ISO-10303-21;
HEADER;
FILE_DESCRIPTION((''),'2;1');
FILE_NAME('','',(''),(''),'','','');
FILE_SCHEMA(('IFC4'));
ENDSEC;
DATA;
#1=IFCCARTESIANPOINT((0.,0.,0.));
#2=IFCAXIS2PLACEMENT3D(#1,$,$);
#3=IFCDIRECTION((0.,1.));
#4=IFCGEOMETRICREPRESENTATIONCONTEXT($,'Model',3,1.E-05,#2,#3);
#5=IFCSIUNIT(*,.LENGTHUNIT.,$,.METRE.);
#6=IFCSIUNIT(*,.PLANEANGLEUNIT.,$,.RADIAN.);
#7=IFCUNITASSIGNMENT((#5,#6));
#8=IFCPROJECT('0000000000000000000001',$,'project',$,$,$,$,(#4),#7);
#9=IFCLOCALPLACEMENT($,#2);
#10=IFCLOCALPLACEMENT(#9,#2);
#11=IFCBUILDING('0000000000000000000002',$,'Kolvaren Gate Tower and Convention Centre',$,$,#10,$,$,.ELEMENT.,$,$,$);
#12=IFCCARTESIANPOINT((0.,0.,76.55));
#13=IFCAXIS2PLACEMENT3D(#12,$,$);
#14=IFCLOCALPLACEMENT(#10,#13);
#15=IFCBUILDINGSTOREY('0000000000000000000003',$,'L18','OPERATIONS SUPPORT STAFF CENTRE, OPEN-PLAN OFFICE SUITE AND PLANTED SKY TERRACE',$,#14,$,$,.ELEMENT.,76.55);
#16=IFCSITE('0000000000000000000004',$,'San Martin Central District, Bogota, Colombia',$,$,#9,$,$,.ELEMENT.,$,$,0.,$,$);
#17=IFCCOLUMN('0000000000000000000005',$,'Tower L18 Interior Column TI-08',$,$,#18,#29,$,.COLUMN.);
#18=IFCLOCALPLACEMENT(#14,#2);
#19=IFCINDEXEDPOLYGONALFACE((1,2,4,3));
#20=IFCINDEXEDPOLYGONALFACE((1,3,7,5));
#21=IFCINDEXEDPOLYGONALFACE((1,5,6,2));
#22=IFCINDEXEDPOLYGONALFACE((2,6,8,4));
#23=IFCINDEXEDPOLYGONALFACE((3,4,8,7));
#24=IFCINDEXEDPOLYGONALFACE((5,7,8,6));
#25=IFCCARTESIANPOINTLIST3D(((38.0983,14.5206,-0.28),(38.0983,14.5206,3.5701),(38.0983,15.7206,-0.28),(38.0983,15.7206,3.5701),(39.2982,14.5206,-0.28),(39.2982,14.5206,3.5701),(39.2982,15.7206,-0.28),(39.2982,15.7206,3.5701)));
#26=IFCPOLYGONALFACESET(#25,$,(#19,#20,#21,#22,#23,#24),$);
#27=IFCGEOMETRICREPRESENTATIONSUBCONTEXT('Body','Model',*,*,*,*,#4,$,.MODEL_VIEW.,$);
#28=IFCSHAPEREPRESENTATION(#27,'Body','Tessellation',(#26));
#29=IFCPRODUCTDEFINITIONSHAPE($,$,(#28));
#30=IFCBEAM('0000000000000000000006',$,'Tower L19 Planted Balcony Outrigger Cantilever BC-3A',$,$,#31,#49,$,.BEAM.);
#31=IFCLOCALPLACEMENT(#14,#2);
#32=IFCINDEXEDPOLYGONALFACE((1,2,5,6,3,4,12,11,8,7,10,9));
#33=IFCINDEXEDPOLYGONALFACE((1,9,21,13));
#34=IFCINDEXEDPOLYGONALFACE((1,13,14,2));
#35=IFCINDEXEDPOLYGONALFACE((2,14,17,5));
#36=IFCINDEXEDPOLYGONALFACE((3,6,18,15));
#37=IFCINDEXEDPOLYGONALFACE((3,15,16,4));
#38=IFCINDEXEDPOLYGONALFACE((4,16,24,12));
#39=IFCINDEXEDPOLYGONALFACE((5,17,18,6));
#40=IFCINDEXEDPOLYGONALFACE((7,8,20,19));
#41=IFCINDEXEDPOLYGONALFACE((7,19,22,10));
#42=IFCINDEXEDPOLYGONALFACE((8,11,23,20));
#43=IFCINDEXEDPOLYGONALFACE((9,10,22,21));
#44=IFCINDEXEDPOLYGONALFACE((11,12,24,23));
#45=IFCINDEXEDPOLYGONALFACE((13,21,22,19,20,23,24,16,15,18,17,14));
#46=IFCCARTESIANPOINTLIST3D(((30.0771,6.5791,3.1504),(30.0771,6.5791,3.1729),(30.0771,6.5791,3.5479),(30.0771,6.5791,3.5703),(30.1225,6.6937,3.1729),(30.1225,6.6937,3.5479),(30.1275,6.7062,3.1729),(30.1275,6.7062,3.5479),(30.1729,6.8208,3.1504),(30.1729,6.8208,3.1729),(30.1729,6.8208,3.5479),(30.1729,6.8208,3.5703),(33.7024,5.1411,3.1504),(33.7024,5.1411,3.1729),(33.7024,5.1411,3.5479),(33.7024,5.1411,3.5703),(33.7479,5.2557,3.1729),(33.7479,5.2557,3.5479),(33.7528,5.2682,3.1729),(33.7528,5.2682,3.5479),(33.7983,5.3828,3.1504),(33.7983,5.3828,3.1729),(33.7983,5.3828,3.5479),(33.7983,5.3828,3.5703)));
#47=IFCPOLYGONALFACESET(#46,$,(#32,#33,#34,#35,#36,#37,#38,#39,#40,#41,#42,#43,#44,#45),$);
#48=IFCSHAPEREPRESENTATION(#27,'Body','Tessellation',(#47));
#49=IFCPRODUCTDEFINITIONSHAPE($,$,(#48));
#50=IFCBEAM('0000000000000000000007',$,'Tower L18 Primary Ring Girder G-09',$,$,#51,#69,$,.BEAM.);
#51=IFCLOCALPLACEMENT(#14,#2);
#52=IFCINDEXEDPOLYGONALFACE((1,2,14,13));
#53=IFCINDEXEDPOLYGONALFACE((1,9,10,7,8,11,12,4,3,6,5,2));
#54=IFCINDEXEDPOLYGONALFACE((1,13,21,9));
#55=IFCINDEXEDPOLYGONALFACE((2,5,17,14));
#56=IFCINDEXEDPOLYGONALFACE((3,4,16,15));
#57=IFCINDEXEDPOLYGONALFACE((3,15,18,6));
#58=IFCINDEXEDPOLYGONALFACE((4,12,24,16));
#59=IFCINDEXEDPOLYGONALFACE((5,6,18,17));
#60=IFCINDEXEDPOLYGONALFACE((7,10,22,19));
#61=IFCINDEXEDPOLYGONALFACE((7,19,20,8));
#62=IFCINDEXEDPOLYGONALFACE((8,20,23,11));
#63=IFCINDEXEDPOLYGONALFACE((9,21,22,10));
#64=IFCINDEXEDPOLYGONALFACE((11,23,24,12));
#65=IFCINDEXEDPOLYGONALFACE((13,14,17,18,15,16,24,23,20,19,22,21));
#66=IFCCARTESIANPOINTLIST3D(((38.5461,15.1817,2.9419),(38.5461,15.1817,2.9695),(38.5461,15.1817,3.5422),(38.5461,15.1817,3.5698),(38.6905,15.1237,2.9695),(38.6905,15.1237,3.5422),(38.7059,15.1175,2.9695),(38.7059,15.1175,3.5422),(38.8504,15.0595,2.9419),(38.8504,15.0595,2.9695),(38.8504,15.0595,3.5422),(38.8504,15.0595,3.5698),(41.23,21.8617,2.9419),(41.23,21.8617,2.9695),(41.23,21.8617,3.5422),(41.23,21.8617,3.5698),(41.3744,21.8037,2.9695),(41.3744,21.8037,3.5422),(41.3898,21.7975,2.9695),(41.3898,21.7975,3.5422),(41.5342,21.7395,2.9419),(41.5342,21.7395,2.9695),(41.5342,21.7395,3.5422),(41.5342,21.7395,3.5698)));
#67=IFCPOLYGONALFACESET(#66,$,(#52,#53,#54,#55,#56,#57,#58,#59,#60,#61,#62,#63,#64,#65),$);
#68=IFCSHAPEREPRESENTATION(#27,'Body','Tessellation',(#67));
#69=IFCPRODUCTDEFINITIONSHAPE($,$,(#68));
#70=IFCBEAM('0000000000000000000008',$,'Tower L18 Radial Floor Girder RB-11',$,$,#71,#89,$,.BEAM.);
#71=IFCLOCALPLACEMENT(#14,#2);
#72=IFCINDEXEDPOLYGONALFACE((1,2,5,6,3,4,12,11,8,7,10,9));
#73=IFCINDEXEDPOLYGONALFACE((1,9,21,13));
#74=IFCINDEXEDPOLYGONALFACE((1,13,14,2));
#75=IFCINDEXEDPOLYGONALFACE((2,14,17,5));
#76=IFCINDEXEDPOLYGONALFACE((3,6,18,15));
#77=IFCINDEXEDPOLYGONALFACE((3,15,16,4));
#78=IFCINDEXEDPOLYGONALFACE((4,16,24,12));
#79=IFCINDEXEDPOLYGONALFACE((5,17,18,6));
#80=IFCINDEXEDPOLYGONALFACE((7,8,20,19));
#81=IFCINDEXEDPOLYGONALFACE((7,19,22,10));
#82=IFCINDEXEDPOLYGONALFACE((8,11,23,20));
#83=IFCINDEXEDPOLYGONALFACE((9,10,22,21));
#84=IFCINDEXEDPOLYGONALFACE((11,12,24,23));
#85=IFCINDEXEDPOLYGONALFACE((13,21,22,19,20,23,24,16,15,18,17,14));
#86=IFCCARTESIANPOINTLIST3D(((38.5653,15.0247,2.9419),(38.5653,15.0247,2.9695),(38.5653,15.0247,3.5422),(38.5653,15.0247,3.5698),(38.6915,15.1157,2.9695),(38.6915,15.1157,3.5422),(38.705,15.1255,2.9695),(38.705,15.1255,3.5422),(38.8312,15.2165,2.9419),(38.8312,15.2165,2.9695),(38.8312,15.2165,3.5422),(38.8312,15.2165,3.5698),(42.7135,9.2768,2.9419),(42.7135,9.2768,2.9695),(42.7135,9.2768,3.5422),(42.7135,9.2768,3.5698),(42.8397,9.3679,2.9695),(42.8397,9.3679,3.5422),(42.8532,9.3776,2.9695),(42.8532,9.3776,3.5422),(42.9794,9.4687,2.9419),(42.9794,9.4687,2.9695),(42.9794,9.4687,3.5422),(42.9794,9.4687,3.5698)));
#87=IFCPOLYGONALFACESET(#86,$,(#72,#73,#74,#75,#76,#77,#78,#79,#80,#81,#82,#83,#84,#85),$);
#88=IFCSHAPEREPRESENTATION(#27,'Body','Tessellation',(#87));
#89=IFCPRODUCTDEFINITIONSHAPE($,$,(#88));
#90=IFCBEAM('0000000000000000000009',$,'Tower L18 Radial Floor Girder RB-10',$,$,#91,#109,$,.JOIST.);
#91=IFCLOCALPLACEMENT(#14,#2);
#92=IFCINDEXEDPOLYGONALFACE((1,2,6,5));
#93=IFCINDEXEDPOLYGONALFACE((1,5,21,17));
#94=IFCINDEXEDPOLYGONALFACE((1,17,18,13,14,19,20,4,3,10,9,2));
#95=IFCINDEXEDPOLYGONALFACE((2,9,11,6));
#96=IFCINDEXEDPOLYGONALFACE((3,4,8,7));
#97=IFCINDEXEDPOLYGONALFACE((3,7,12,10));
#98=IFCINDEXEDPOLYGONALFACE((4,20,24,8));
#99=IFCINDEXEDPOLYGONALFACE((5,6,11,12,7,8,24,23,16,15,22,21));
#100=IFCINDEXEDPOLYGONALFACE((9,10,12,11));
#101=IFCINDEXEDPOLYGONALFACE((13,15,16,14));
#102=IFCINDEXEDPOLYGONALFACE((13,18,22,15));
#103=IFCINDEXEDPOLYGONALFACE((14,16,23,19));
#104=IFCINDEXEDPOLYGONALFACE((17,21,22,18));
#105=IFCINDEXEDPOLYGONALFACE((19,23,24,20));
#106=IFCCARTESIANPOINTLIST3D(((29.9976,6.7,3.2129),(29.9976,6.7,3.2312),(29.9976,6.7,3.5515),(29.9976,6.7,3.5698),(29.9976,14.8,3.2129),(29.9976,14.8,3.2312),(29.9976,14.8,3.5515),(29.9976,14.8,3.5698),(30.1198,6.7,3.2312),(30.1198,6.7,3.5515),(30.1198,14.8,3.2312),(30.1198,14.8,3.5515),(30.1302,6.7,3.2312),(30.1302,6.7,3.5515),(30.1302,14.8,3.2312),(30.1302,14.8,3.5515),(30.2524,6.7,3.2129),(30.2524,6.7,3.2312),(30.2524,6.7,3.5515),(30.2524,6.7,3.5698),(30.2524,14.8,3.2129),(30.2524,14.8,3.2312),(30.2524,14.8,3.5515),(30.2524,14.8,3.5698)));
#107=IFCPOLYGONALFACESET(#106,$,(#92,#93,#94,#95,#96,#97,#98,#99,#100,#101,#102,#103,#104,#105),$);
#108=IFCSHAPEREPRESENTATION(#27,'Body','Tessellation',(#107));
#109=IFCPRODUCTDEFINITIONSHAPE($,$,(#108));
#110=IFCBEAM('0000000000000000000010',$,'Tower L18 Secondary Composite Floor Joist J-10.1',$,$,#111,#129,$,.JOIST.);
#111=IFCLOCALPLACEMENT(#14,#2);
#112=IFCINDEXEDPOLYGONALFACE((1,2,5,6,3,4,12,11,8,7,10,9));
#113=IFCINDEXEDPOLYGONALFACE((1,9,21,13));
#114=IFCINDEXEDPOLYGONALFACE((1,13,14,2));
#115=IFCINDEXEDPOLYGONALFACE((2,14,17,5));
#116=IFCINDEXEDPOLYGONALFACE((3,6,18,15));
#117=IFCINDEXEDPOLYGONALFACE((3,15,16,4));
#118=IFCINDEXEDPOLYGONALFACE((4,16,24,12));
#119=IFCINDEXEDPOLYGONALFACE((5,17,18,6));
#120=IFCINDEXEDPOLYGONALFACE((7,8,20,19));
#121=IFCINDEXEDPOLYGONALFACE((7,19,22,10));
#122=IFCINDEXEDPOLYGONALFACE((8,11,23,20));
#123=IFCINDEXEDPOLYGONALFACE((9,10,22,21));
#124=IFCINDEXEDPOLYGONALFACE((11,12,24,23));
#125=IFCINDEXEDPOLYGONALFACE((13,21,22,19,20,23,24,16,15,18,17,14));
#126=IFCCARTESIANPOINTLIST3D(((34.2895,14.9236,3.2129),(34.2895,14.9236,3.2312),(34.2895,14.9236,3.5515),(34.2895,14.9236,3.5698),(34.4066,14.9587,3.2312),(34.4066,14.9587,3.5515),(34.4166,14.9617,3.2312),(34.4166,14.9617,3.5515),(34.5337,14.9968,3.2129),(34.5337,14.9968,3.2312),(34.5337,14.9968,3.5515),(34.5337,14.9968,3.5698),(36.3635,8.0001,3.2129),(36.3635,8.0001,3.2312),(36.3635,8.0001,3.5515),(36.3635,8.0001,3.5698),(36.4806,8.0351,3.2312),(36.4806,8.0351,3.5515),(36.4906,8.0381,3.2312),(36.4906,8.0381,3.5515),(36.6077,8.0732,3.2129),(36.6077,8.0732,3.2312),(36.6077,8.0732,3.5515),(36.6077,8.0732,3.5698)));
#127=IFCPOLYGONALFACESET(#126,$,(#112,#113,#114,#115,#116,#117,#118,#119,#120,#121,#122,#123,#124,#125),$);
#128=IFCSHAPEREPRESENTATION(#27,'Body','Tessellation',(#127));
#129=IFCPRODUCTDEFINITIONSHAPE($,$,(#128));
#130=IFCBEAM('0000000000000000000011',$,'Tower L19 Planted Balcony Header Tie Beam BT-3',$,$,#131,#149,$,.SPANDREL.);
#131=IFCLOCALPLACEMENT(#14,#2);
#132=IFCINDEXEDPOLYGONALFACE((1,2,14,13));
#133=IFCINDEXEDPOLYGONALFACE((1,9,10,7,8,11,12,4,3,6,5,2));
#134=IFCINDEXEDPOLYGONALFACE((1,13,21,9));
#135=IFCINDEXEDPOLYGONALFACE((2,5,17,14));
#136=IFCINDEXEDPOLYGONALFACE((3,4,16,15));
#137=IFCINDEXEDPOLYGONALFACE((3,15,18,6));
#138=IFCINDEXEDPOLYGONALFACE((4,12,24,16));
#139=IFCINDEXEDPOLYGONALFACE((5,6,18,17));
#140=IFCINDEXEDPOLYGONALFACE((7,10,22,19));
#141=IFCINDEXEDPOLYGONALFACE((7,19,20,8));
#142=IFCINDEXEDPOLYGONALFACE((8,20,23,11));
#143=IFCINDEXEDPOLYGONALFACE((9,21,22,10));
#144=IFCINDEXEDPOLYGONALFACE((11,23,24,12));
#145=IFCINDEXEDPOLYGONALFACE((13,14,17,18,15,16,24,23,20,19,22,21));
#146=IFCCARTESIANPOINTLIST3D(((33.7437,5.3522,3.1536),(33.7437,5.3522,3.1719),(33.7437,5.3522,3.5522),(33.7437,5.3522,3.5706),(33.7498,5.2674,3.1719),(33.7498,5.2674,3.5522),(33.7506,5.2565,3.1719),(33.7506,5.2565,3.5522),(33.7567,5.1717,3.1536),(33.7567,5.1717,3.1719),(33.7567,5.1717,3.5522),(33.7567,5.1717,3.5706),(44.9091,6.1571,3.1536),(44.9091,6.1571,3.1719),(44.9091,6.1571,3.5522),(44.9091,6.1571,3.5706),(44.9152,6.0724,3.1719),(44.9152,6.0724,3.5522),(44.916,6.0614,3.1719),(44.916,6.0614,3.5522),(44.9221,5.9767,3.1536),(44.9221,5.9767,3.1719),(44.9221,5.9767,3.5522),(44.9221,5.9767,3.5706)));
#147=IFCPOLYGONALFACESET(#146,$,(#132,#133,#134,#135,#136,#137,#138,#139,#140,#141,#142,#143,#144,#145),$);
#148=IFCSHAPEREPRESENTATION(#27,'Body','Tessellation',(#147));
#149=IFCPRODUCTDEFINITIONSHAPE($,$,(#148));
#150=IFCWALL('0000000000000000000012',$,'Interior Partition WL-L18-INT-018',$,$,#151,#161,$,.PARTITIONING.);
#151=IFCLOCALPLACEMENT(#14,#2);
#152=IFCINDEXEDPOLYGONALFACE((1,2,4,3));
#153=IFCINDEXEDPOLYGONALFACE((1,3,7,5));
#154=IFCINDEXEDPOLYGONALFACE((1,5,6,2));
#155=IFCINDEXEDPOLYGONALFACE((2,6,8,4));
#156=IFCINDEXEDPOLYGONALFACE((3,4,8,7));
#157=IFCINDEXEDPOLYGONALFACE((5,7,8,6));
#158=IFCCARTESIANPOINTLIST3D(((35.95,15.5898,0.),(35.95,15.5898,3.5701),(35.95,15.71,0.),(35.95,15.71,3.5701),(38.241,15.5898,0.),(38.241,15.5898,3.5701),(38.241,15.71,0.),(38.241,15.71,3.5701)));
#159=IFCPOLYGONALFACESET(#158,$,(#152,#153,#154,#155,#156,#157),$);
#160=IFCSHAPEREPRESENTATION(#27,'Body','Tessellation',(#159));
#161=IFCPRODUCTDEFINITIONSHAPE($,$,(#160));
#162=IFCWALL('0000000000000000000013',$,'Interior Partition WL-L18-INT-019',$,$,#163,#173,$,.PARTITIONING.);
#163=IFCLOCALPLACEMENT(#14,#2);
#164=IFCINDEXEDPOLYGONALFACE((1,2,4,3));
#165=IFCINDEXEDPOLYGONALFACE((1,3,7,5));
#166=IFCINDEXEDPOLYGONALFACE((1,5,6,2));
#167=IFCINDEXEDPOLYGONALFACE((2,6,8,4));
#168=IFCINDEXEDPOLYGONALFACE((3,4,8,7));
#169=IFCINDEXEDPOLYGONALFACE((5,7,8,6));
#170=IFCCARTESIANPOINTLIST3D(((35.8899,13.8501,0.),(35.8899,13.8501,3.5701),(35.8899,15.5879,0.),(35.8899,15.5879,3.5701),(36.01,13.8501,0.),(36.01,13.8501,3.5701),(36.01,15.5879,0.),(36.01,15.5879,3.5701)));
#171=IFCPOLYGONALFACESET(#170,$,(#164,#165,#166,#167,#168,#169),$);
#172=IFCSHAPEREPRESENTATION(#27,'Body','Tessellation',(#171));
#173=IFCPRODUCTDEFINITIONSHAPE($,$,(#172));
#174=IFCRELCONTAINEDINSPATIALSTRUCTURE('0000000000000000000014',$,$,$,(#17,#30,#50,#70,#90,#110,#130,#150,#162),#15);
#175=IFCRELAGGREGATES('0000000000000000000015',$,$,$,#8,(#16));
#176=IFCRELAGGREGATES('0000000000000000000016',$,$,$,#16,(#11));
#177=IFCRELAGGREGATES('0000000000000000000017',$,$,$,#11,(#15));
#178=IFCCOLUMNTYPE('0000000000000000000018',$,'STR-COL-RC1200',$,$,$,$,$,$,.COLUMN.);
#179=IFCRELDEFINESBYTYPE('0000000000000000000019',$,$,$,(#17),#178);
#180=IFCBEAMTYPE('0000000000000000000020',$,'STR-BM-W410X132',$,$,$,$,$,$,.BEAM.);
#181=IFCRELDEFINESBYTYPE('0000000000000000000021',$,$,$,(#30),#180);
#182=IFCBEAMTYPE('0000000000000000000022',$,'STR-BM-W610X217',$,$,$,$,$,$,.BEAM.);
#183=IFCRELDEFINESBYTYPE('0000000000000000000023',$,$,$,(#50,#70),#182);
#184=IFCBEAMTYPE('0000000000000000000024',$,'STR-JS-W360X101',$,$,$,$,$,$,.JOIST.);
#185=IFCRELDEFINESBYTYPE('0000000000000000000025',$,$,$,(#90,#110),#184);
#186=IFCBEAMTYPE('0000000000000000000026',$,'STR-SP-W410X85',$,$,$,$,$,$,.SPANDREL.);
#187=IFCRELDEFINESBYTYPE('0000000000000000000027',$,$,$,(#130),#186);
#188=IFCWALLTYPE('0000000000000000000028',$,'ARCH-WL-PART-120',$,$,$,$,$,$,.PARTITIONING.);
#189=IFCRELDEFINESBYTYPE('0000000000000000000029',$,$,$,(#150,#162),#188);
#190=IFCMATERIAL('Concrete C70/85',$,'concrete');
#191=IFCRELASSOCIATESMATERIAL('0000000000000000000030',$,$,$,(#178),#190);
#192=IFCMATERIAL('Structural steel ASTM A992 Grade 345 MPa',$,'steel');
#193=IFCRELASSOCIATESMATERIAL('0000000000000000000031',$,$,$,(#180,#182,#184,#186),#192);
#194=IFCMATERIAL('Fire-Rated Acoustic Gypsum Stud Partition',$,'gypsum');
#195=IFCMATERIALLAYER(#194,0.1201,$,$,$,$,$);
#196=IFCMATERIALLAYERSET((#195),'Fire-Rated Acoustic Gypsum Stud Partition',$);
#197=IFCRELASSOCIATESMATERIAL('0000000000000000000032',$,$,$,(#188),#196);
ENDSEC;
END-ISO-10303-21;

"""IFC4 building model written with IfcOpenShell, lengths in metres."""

from ifc_helpers import new_model, si_unit, direction, frame, frame_2d, origin, origin_2d, place, context, subcontext, project, spatial, rectangle, i_section, extrude, material, layer, layer_set, material_profile, profile_set, type_object, element, save


model = new_model("IFC4")

# Units and contexts
model_context = context("Model", 3, precision=1e-05, world=origin(), true_north=direction((0.0, 1.0)))
body_context = subcontext(model_context, "Body", "Model", "MODEL_VIEW")
ifc_project = project(units=[si_unit("LENGTHUNIT", "METRE"), si_unit("PLANEANGLEUNIT", "RADIAN")], contexts=[model_context])

# Site, building, storey
site_placement = place(None, origin())
site = spatial("IfcSite", under=ifc_project, at=site_placement, Name="San Martin Central District, Bogota, Colombia", CompositionType="ELEMENT", RefElevation=0.0)
building_placement = place(site_placement, origin())
building = spatial("IfcBuilding", under=site, at=building_placement, Name="Kolvaren Gate Tower and Convention Centre", CompositionType="ELEMENT")
storey_placement = place(building_placement, frame((0.0, 0.0, 76.55)))
storey = spatial("IfcBuildingStorey", under=building, at=storey_placement, Name="L18", Description="OPERATIONS SUPPORT STAFF CENTRE, OPEN-PLAN OFFICE SUITE AND PLANTED SKY TERRACE", CompositionType="ELEMENT", Elevation=76.55)

# Column
ifc_material_1 = material(Name="Concrete C70/85", Category="concrete")
ifc_material_profile_1 = material_profile(ifc_material_1, rectangle(XDim=1.2, YDim=1.2, at=origin_2d()), Name="RC-COL-1200X1200")
ifc_profile_set_1 = profile_set([ifc_material_profile_1], Name="Concrete C70/85")
column_type = type_object("IfcColumnType", Name="STR-COL-RC1200", PredefinedType="COLUMN", material=ifc_profile_set_1)
column_placement = place(storey_placement, frame((38.6982, 15.1206, -0.28), z_axis=(0.0, 0.0, 1.0), x_axis=(1.0, 0.0, 0.0)))
element("IfcColumn", 1, at=column_placement, inside=storey, type_object=column_type, Name="Tower L18 Interior Column TI-08", PredefinedType="COLUMN", context=body_context, shape_type="SweptSolid", body=[
    extrude(rectangle(XDim=1.2, YDim=1.2, at=origin_2d()), origin(), (0.0, 0.0, 1.0), 3.8501),
])

# Beams
ifc_material_2 = material(Name="Structural steel ASTM A992 Grade 345 MPa", Category="steel")
ifc_material_profile_2 = material_profile(ifc_material_2, i_section(OverallWidth=0.26, OverallDepth=0.4199, WebThickness=0.0134, FlangeThickness=0.0225, at=origin_2d()), Name="W410X132")
ifc_profile_set_2 = profile_set([ifc_material_profile_2], Name="Structural steel ASTM A992 Grade 345 MPa")
beam_type_1 = type_object("IfcBeamType", Name="STR-BM-W410X132", PredefinedType="BEAM", material=ifc_profile_set_2)
beam_1_placement = place(storey_placement, frame((30.125, 6.7, 3.3604), z_axis=(0.929544, -0.368712, 0.0), x_axis=(0.368712, 0.929544, 0.0)))
element("IfcBeam", 2, at=beam_1_placement, inside=storey, type_object=beam_type_1, Name="Tower L19 Planted Balcony Outrigger Cantilever BC-3A", PredefinedType="BEAM", context=body_context, shape_type="SweptSolid", body=[
    extrude(i_section(OverallWidth=0.26, OverallDepth=0.4199, WebThickness=0.0134, FlangeThickness=0.0225, at=origin_2d()), origin(), (0.0, 0.0, 1.0), 3.9001),
])
ifc_material_profile_3 = material_profile(ifc_material_2, i_section(OverallWidth=0.3279, OverallDepth=0.6279, WebThickness=0.0166, FlangeThickness=0.0276, at=origin_2d()), Name="W610X217")
ifc_profile_set_3 = profile_set([ifc_material_profile_3], Name="Structural steel ASTM A992 Grade 345 MPa")
beam_type_2 = type_object("IfcBeamType", Name="STR-BM-W610X217", PredefinedType="BEAM", material=ifc_profile_set_3)
beam_2_placement = place(storey_placement, frame((38.6982, 15.1206, 3.2559), z_axis=(0.372811, 0.927907, 0.0), x_axis=(-0.927907, 0.372811, 0.0)))
element("IfcBeam", 3, at=beam_2_placement, inside=storey, type_object=beam_type_2, Name="Tower L18 Primary Ring Girder G-09", PredefinedType="BEAM", context=body_context, shape_type="SweptSolid", body=[
    extrude(i_section(OverallWidth=0.3279, OverallDepth=0.6279, WebThickness=0.0166, FlangeThickness=0.0276, at=origin_2d()), origin(), (0.0, 0.0, 1.0), 7.199),
])
beam_3_placement = place(storey_placement, frame((38.6982, 15.1206, 3.2559), z_axis=(0.585213, -0.81088, 0.0), x_axis=(0.81088, 0.585213, 0.0)))
element("IfcBeam", 4, at=beam_3_placement, inside=storey, type_object=beam_type_2, Name="Tower L18 Radial Floor Girder RB-11", PredefinedType="BEAM", context=body_context, shape_type="SweptSolid", body=[
    extrude(i_section(OverallWidth=0.3279, OverallDepth=0.6279, WebThickness=0.0166, FlangeThickness=0.0276, at=origin_2d()), origin(), (0.0, 0.0, 1.0), 7.0884),
])
ifc_material_profile_4 = material_profile(ifc_material_2, i_section(OverallWidth=0.2549, OverallDepth=0.3569, WebThickness=0.0105, FlangeThickness=0.0183, at=origin_2d()), Name="W360X101")
ifc_profile_set_4 = profile_set([ifc_material_profile_4], Name="Structural steel ASTM A992 Grade 345 MPa")
beam_type_3 = type_object("IfcBeamType", Name="STR-JS-W360X101", PredefinedType="JOIST", material=ifc_profile_set_4)
beam_4_placement = place(storey_placement, frame((30.125, 14.8, 3.3914), z_axis=(0.0, -1.0, 0.0), x_axis=(1.0, 0.0, 0.0)))
element("IfcBeam", 5, at=beam_4_placement, inside=storey, type_object=beam_type_3, Name="Tower L18 Radial Floor Girder RB-10", PredefinedType="JOIST", context=body_context, shape_type="SweptSolid", body=[
    extrude(i_section(OverallWidth=0.2549, OverallDepth=0.3569, WebThickness=0.0105, FlangeThickness=0.0183, at=origin_2d()), origin(), (0.0, 0.0, 1.0), 8.1001),
])
beam_5_placement = place(storey_placement, frame((34.4116, 14.9602, 3.3914), z_axis=(0.286954, -0.957944, 0.0), x_axis=(0.957944, 0.286954, 0.0)))
element("IfcBeam", 6, at=beam_5_placement, inside=storey, type_object=beam_type_3, Name="Tower L18 Secondary Composite Floor Joist J-10.1", PredefinedType="JOIST", context=body_context, shape_type="SweptSolid", body=[
    extrude(i_section(OverallWidth=0.2549, OverallDepth=0.3569, WebThickness=0.0105, FlangeThickness=0.0183, at=origin_2d()), origin(), (0.0, 0.0, 1.0), 7.2275),
])
ifc_material_profile_5 = material_profile(ifc_material_2, i_section(OverallWidth=0.1809, OverallDepth=0.417, WebThickness=0.011, FlangeThickness=0.0183, at=origin_2d()), Name="W410X85")
ifc_profile_set_5 = profile_set([ifc_material_profile_5], Name="Structural steel ASTM A992 Grade 345 MPa")
beam_type_4 = type_object("IfcBeamType", Name="STR-SP-W410X85", PredefinedType="SPANDREL", material=ifc_profile_set_5)
beam_6_placement = place(storey_placement, frame((33.7502, 5.262, 3.3621), z_axis=(0.997411, 0.071906, 0.0), x_axis=(-0.071906, 0.997411, 0.0)))
element("IfcBeam", 7, at=beam_6_placement, inside=storey, type_object=beam_type_4, Name="Tower L19 Planted Balcony Header Tie Beam BT-3", PredefinedType="SPANDREL", context=body_context, shape_type="SweptSolid", body=[
    extrude(i_section(OverallWidth=0.1809, OverallDepth=0.417, WebThickness=0.011, FlangeThickness=0.0183, at=origin_2d()), origin(), (0.0, 0.0, 1.0), 11.1943),
])

# Walls
ifc_material_3 = material(Name="Fire-Rated Acoustic Gypsum Stud Partition", Category="gypsum")
ifc_layer_1 = layer(ifc_material_3, 0.1201)
ifc_layer_set_1 = layer_set([ifc_layer_1], Name="Fire-Rated Acoustic Gypsum Stud Partition")
wall_type_1 = type_object("IfcWallType", Name="ARCH-WL-PART-120", PredefinedType="PARTITIONING", material=ifc_layer_set_1)
wall_1_placement = place(storey_placement, frame((35.95, 15.6499, 0.0), z_axis=(0.0, 0.0, 1.0), x_axis=(1.0, 0.0, 0.0)))
element("IfcWall", 8, at=wall_1_placement, inside=storey, type_object=wall_type_1, Name="Interior Partition WL-L18-INT-018", PredefinedType="PARTITIONING", context=body_context, shape_type="SweptSolid", body=[
    extrude(rectangle(XDim=2.291, YDim=0.1201, at=frame_2d((1.1455, 0.0))), origin(), (0.0, 0.0, 1.0), 3.5701),
])
wall_2_placement = place(storey_placement, frame((35.95, 13.8501, 0.0), z_axis=(0.0, 0.0, 1.0), x_axis=(0.0, 1.0, 0.0)))
element("IfcWall", 9, at=wall_2_placement, inside=storey, type_object=wall_type_1, Name="Interior Partition WL-L18-INT-019", PredefinedType="PARTITIONING", context=body_context, shape_type="SweptSolid", body=[
    extrude(rectangle(XDim=1.7378, YDim=0.1201, at=frame_2d((0.8689, 0.0))), origin(), (0.0, 0.0, 1.0), 3.5701),
])

save(model, "model.ifc")
